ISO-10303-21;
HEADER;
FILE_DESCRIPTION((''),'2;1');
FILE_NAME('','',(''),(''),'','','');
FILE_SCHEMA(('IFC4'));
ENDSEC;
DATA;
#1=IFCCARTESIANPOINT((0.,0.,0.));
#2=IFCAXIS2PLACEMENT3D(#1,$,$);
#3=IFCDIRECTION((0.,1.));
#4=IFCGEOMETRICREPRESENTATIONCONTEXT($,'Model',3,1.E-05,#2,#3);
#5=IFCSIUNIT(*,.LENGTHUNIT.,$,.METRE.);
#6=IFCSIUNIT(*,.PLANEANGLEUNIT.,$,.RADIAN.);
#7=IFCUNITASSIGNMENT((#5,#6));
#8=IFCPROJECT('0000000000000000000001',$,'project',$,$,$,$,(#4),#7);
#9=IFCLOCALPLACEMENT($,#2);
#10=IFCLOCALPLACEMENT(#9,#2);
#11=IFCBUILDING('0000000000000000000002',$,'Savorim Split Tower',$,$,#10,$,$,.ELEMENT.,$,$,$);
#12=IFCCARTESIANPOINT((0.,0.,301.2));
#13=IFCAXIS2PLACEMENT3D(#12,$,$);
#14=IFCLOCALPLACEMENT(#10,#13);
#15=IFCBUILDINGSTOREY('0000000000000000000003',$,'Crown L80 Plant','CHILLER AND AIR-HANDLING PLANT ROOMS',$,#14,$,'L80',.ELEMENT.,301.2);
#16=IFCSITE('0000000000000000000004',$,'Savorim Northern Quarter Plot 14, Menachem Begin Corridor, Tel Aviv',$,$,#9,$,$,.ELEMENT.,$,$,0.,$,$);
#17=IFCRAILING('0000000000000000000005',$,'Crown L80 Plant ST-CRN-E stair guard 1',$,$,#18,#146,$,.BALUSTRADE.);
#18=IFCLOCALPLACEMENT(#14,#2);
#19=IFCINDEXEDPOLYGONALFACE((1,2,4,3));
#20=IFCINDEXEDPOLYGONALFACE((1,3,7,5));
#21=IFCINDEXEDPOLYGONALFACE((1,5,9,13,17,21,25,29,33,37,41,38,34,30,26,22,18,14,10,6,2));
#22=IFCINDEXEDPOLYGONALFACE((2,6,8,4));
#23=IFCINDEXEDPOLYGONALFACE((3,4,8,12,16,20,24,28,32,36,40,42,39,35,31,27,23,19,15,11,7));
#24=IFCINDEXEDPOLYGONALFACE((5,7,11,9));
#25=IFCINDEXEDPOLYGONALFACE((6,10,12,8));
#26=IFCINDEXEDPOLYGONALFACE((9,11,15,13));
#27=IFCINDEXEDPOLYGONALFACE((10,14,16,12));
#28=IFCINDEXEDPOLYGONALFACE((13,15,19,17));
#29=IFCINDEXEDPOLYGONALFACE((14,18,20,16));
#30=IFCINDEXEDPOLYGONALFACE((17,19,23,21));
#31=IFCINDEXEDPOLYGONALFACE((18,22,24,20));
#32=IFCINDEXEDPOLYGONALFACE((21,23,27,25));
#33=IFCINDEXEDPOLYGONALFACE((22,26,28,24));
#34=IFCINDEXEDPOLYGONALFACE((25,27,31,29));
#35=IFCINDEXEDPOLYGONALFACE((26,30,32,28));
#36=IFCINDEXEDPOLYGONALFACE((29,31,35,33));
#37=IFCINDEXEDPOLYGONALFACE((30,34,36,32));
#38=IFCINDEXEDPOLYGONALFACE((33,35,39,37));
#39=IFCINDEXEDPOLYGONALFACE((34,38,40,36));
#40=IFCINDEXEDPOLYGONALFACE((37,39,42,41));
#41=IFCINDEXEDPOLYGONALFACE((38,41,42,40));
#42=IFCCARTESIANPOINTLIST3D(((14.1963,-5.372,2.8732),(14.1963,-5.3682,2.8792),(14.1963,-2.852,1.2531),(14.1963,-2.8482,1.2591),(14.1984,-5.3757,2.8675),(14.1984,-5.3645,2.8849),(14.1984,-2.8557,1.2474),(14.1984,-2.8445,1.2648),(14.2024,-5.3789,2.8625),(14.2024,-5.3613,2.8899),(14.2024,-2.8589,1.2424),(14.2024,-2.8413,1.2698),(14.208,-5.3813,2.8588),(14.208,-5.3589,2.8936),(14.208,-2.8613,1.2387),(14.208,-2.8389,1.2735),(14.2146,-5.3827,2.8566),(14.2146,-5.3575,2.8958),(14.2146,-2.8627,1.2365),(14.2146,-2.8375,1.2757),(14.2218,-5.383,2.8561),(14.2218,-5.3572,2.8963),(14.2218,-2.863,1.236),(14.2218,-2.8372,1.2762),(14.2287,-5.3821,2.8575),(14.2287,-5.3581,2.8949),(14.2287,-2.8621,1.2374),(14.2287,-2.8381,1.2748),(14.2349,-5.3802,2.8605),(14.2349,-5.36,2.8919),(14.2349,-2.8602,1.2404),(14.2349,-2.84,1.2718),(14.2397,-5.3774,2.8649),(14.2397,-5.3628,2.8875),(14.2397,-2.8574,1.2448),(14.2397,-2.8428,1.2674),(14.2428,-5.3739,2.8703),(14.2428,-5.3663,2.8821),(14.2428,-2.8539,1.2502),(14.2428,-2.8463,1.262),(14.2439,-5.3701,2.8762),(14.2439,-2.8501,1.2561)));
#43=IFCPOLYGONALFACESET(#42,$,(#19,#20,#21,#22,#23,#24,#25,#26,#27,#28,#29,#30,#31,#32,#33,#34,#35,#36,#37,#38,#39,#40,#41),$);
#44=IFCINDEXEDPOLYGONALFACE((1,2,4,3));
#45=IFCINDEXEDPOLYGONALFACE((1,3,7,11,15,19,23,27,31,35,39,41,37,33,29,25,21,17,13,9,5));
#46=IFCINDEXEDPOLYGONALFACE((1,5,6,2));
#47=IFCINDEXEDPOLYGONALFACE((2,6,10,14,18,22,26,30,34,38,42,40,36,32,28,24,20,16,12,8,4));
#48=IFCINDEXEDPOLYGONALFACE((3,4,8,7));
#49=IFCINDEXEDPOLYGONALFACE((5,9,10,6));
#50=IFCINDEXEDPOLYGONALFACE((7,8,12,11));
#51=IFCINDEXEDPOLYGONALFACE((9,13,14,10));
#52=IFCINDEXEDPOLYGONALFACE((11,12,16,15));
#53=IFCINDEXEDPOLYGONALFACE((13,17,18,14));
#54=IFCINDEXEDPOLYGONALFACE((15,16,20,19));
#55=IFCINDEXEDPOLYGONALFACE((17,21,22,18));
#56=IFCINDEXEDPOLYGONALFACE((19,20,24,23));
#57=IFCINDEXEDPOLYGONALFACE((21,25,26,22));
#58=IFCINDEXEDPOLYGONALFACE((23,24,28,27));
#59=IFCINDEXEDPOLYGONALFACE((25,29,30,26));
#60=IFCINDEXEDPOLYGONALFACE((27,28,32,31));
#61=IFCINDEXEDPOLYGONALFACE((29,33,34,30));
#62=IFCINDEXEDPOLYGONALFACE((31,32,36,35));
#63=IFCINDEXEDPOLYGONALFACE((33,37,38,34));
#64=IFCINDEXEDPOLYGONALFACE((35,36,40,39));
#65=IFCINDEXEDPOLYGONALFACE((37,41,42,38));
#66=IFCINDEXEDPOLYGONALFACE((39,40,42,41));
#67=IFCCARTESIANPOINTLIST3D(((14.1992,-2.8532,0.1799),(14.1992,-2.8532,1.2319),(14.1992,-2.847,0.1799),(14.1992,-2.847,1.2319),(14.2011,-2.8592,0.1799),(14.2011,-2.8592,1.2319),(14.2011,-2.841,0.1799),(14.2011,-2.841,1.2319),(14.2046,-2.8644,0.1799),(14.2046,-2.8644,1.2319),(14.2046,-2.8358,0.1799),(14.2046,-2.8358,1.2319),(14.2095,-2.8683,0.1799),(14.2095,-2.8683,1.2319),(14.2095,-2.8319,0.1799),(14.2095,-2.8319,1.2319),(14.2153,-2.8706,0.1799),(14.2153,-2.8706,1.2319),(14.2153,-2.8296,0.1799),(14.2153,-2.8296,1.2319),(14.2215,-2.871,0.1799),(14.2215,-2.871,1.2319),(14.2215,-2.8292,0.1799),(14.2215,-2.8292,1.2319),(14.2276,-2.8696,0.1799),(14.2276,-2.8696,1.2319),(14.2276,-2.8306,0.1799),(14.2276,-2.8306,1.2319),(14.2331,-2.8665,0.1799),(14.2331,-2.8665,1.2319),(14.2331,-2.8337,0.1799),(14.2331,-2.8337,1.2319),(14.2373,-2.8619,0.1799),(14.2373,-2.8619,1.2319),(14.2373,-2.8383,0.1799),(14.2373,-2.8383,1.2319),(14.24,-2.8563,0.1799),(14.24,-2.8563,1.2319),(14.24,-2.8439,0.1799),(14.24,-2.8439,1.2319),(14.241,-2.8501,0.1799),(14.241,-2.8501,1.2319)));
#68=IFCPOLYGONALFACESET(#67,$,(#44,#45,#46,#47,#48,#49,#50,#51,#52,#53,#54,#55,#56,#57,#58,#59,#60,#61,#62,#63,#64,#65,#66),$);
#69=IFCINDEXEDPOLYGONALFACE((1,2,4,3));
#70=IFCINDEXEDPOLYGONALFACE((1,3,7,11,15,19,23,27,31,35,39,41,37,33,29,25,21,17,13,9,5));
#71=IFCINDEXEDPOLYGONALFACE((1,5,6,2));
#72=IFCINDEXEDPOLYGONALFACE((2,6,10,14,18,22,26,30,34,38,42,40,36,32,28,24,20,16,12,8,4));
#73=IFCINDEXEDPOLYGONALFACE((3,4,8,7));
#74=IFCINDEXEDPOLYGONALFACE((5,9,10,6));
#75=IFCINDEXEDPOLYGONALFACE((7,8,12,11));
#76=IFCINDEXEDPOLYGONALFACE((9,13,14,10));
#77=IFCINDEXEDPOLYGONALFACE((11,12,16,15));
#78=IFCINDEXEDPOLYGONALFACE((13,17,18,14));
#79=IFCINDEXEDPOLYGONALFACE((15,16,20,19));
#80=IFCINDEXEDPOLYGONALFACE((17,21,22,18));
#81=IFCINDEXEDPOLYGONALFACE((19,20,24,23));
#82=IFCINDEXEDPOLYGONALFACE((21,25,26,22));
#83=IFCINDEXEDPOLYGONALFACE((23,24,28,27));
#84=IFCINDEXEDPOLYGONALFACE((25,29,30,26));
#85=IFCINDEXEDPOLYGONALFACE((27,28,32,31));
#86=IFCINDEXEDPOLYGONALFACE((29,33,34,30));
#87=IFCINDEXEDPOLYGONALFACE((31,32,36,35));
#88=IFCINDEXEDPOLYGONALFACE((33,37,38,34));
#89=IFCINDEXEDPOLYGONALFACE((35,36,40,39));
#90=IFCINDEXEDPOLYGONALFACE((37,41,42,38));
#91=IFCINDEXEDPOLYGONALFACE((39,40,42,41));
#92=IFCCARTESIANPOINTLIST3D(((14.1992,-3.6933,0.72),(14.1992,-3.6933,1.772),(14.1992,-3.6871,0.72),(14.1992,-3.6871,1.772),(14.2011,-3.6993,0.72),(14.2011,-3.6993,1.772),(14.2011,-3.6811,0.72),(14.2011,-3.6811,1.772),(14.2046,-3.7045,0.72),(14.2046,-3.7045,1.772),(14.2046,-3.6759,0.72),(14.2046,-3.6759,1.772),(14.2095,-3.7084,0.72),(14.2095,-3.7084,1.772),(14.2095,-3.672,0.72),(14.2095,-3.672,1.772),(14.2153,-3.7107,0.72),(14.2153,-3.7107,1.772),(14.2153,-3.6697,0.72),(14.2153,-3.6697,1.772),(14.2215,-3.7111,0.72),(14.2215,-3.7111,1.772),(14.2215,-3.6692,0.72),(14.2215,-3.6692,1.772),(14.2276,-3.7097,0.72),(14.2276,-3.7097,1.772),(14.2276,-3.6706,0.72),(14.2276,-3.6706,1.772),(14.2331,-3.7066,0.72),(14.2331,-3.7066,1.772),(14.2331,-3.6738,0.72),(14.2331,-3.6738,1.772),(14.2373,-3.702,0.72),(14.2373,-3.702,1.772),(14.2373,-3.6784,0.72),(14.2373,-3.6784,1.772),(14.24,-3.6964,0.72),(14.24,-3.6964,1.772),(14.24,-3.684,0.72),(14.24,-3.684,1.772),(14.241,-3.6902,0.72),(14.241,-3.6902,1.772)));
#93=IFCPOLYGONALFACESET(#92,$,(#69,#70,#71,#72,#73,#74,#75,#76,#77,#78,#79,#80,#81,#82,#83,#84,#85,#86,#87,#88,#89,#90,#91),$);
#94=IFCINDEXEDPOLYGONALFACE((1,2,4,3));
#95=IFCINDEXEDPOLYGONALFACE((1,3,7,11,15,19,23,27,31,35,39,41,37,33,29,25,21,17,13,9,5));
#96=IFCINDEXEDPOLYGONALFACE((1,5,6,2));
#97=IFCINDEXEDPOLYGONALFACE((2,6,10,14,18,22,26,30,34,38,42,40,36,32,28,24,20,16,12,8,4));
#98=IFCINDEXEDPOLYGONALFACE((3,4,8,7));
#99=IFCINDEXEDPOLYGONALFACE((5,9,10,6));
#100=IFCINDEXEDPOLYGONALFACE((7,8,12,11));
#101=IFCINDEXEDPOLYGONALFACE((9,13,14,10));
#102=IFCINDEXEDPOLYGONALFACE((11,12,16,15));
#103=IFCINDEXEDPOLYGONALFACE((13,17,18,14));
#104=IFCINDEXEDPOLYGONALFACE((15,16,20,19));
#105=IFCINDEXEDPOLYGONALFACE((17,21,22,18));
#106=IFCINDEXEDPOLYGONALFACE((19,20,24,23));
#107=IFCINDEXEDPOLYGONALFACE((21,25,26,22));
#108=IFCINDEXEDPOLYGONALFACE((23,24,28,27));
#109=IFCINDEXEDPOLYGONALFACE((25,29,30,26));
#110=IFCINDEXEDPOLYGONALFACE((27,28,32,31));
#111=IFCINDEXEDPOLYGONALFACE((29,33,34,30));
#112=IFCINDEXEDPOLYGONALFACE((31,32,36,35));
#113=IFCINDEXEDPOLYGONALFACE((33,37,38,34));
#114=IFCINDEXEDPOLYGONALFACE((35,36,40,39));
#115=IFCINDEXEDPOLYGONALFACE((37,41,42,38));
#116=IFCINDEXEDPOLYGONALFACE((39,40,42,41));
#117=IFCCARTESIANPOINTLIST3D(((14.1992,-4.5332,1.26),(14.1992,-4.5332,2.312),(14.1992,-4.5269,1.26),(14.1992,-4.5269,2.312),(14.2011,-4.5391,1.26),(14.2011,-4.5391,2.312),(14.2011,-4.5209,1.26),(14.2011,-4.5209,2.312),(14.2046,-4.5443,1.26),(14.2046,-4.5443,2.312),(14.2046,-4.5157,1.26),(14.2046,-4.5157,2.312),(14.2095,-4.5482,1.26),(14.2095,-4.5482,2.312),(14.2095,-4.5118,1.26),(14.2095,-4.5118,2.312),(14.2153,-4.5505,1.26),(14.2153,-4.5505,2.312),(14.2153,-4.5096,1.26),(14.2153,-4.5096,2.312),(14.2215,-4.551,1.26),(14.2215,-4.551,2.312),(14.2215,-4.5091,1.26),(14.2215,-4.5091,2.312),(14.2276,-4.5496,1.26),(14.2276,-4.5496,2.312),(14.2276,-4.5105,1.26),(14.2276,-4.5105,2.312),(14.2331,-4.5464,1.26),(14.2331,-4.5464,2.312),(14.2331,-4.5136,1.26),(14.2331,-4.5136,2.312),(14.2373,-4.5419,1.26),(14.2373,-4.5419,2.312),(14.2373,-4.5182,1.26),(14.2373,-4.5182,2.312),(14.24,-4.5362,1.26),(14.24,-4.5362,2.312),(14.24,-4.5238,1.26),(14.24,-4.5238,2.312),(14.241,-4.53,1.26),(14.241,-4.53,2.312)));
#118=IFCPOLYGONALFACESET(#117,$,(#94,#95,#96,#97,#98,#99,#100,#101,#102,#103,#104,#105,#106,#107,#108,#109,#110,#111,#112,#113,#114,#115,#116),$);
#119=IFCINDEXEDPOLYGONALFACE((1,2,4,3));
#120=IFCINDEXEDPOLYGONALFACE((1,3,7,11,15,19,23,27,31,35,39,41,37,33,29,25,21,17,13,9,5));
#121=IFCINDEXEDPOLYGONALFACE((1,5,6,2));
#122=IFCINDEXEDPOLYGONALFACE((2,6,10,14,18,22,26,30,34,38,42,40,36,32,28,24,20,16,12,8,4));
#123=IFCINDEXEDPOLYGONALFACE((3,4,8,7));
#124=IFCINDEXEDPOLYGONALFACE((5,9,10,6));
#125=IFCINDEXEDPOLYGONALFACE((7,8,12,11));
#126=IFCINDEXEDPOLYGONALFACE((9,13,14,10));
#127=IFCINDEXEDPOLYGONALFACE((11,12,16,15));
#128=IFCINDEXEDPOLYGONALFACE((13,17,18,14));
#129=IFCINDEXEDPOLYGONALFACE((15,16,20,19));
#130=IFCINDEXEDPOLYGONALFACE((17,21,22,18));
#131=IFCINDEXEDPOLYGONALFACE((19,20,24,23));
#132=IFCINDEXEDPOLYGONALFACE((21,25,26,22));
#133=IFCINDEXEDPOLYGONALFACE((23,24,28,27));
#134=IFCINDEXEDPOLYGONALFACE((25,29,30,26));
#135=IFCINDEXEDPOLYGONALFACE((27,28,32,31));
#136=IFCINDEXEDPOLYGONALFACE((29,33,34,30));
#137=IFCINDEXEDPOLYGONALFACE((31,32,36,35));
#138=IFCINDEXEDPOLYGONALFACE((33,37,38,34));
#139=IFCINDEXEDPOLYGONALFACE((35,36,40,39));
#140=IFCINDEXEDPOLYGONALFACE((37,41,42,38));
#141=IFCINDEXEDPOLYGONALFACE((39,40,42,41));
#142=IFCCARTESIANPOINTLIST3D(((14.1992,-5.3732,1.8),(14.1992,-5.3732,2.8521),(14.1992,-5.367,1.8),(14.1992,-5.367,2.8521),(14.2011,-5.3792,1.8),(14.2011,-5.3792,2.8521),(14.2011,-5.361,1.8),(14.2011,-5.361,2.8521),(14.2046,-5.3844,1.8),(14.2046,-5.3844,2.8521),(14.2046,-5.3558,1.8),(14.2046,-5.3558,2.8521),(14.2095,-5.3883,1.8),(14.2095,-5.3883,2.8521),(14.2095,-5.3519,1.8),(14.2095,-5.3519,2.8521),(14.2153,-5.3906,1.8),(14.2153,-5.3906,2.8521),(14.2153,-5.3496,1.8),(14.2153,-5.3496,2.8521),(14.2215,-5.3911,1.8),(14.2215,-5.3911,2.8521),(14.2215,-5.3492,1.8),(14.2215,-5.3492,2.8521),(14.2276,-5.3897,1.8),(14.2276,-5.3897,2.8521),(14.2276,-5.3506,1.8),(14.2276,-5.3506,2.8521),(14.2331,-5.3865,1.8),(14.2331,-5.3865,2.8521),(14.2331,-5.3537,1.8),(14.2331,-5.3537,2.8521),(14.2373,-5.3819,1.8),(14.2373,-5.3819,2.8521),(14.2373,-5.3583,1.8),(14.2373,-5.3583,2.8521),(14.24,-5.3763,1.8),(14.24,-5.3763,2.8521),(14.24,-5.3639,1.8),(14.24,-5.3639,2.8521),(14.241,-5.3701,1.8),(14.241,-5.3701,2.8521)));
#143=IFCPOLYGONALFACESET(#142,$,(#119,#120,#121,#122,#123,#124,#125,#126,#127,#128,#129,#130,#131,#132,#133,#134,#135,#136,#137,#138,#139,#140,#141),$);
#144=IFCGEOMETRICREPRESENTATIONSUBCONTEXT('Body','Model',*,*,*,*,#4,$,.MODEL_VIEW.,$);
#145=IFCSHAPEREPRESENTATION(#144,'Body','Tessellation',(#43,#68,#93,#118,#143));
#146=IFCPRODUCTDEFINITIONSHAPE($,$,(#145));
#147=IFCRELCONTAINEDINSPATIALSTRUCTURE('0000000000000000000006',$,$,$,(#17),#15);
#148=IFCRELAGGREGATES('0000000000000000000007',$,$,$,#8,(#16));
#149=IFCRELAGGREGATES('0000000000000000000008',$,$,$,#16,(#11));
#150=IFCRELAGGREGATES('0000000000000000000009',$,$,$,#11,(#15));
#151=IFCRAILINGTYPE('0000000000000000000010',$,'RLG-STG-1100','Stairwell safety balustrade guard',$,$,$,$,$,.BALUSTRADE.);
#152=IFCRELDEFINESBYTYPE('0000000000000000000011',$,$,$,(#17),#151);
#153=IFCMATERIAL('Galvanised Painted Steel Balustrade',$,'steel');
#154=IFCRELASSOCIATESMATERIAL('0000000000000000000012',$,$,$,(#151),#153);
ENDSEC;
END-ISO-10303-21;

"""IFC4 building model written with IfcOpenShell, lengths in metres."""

from ifc_helpers import new_model, si_unit, direction, frame, origin, origin_2d, place, context, subcontext, project, spatial, circle, extrude, material, type_object, element, save


model = new_model("IFC4")

# Units and contexts
model_context = context("Model", 3, precision=1e-05, world=origin(), true_north=direction((0.0, 1.0)))
body_context = subcontext(model_context, "Body", "Model", "MODEL_VIEW")
ifc_project = project(units=[si_unit("LENGTHUNIT", "METRE"), si_unit("PLANEANGLEUNIT", "RADIAN")], contexts=[model_context])

# Site, building, storey
site_placement = place(None, origin())
site = spatial("IfcSite", under=ifc_project, at=site_placement, Name="Savorim Northern Quarter Plot 14, Menachem Begin Corridor, Tel Aviv", CompositionType="ELEMENT", RefElevation=0.0)
building_placement = place(site_placement, origin())
building = spatial("IfcBuilding", under=site, at=building_placement, Name="Savorim Split Tower", CompositionType="ELEMENT")
storey_placement = place(building_placement, frame((0.0, 0.0, 301.2)))
storey = spatial("IfcBuildingStorey", under=building, at=storey_placement, Name="Crown L80 Plant", Description="CHILLER AND AIR-HANDLING PLANT ROOMS", LongName="L80", CompositionType="ELEMENT", Elevation=301.2)

# Railing
ifc_material_1 = material(Name="Galvanised Painted Steel Balustrade", Category="steel")
railing_type_1 = type_object("IfcRailingType", Name="RLG-STG-1100", Description="Stairwell safety balustrade guard", PredefinedType="BALUSTRADE", material=ifc_material_1)
railing_1_placement = place(storey_placement, frame((14.22, -2.8501, 0.1799)))
element("IfcRailing", 1, at=railing_1_placement, inside=storey, type_object=railing_type_1, Name="Crown L80 Plant ST-CRN-E stair guard 1", PredefinedType="BALUSTRADE", context=body_context, shape_type="SweptSolid", body=[
    extrude(circle(Radius=0.0239, at=origin_2d()), frame((0.0, 0.0, 1.0762), z_axis=(0.0, -0.841163, 0.540782), x_axis=(1.0, 0.0, 0.0)), (0.0, 0.0, 1.0), 2.9958),
    extrude(circle(Radius=0.021, at=origin_2d()), origin(), (0.0, 0.0, 1.0), 1.052),
    extrude(circle(Radius=0.021, at=origin_2d()), frame((0.0, -0.8401, 0.54)), (0.0, 0.0, 1.0), 1.052),
    extrude(circle(Radius=0.021, at=origin_2d()), frame((0.0, -1.6799, 1.0801)), (0.0, 0.0, 1.0), 1.052),
    extrude(circle(Radius=0.021, at=origin_2d()), frame((0.0, -2.52, 1.6201)), (0.0, 0.0, 1.0), 1.052),
])

save(model, "model.ifc")
